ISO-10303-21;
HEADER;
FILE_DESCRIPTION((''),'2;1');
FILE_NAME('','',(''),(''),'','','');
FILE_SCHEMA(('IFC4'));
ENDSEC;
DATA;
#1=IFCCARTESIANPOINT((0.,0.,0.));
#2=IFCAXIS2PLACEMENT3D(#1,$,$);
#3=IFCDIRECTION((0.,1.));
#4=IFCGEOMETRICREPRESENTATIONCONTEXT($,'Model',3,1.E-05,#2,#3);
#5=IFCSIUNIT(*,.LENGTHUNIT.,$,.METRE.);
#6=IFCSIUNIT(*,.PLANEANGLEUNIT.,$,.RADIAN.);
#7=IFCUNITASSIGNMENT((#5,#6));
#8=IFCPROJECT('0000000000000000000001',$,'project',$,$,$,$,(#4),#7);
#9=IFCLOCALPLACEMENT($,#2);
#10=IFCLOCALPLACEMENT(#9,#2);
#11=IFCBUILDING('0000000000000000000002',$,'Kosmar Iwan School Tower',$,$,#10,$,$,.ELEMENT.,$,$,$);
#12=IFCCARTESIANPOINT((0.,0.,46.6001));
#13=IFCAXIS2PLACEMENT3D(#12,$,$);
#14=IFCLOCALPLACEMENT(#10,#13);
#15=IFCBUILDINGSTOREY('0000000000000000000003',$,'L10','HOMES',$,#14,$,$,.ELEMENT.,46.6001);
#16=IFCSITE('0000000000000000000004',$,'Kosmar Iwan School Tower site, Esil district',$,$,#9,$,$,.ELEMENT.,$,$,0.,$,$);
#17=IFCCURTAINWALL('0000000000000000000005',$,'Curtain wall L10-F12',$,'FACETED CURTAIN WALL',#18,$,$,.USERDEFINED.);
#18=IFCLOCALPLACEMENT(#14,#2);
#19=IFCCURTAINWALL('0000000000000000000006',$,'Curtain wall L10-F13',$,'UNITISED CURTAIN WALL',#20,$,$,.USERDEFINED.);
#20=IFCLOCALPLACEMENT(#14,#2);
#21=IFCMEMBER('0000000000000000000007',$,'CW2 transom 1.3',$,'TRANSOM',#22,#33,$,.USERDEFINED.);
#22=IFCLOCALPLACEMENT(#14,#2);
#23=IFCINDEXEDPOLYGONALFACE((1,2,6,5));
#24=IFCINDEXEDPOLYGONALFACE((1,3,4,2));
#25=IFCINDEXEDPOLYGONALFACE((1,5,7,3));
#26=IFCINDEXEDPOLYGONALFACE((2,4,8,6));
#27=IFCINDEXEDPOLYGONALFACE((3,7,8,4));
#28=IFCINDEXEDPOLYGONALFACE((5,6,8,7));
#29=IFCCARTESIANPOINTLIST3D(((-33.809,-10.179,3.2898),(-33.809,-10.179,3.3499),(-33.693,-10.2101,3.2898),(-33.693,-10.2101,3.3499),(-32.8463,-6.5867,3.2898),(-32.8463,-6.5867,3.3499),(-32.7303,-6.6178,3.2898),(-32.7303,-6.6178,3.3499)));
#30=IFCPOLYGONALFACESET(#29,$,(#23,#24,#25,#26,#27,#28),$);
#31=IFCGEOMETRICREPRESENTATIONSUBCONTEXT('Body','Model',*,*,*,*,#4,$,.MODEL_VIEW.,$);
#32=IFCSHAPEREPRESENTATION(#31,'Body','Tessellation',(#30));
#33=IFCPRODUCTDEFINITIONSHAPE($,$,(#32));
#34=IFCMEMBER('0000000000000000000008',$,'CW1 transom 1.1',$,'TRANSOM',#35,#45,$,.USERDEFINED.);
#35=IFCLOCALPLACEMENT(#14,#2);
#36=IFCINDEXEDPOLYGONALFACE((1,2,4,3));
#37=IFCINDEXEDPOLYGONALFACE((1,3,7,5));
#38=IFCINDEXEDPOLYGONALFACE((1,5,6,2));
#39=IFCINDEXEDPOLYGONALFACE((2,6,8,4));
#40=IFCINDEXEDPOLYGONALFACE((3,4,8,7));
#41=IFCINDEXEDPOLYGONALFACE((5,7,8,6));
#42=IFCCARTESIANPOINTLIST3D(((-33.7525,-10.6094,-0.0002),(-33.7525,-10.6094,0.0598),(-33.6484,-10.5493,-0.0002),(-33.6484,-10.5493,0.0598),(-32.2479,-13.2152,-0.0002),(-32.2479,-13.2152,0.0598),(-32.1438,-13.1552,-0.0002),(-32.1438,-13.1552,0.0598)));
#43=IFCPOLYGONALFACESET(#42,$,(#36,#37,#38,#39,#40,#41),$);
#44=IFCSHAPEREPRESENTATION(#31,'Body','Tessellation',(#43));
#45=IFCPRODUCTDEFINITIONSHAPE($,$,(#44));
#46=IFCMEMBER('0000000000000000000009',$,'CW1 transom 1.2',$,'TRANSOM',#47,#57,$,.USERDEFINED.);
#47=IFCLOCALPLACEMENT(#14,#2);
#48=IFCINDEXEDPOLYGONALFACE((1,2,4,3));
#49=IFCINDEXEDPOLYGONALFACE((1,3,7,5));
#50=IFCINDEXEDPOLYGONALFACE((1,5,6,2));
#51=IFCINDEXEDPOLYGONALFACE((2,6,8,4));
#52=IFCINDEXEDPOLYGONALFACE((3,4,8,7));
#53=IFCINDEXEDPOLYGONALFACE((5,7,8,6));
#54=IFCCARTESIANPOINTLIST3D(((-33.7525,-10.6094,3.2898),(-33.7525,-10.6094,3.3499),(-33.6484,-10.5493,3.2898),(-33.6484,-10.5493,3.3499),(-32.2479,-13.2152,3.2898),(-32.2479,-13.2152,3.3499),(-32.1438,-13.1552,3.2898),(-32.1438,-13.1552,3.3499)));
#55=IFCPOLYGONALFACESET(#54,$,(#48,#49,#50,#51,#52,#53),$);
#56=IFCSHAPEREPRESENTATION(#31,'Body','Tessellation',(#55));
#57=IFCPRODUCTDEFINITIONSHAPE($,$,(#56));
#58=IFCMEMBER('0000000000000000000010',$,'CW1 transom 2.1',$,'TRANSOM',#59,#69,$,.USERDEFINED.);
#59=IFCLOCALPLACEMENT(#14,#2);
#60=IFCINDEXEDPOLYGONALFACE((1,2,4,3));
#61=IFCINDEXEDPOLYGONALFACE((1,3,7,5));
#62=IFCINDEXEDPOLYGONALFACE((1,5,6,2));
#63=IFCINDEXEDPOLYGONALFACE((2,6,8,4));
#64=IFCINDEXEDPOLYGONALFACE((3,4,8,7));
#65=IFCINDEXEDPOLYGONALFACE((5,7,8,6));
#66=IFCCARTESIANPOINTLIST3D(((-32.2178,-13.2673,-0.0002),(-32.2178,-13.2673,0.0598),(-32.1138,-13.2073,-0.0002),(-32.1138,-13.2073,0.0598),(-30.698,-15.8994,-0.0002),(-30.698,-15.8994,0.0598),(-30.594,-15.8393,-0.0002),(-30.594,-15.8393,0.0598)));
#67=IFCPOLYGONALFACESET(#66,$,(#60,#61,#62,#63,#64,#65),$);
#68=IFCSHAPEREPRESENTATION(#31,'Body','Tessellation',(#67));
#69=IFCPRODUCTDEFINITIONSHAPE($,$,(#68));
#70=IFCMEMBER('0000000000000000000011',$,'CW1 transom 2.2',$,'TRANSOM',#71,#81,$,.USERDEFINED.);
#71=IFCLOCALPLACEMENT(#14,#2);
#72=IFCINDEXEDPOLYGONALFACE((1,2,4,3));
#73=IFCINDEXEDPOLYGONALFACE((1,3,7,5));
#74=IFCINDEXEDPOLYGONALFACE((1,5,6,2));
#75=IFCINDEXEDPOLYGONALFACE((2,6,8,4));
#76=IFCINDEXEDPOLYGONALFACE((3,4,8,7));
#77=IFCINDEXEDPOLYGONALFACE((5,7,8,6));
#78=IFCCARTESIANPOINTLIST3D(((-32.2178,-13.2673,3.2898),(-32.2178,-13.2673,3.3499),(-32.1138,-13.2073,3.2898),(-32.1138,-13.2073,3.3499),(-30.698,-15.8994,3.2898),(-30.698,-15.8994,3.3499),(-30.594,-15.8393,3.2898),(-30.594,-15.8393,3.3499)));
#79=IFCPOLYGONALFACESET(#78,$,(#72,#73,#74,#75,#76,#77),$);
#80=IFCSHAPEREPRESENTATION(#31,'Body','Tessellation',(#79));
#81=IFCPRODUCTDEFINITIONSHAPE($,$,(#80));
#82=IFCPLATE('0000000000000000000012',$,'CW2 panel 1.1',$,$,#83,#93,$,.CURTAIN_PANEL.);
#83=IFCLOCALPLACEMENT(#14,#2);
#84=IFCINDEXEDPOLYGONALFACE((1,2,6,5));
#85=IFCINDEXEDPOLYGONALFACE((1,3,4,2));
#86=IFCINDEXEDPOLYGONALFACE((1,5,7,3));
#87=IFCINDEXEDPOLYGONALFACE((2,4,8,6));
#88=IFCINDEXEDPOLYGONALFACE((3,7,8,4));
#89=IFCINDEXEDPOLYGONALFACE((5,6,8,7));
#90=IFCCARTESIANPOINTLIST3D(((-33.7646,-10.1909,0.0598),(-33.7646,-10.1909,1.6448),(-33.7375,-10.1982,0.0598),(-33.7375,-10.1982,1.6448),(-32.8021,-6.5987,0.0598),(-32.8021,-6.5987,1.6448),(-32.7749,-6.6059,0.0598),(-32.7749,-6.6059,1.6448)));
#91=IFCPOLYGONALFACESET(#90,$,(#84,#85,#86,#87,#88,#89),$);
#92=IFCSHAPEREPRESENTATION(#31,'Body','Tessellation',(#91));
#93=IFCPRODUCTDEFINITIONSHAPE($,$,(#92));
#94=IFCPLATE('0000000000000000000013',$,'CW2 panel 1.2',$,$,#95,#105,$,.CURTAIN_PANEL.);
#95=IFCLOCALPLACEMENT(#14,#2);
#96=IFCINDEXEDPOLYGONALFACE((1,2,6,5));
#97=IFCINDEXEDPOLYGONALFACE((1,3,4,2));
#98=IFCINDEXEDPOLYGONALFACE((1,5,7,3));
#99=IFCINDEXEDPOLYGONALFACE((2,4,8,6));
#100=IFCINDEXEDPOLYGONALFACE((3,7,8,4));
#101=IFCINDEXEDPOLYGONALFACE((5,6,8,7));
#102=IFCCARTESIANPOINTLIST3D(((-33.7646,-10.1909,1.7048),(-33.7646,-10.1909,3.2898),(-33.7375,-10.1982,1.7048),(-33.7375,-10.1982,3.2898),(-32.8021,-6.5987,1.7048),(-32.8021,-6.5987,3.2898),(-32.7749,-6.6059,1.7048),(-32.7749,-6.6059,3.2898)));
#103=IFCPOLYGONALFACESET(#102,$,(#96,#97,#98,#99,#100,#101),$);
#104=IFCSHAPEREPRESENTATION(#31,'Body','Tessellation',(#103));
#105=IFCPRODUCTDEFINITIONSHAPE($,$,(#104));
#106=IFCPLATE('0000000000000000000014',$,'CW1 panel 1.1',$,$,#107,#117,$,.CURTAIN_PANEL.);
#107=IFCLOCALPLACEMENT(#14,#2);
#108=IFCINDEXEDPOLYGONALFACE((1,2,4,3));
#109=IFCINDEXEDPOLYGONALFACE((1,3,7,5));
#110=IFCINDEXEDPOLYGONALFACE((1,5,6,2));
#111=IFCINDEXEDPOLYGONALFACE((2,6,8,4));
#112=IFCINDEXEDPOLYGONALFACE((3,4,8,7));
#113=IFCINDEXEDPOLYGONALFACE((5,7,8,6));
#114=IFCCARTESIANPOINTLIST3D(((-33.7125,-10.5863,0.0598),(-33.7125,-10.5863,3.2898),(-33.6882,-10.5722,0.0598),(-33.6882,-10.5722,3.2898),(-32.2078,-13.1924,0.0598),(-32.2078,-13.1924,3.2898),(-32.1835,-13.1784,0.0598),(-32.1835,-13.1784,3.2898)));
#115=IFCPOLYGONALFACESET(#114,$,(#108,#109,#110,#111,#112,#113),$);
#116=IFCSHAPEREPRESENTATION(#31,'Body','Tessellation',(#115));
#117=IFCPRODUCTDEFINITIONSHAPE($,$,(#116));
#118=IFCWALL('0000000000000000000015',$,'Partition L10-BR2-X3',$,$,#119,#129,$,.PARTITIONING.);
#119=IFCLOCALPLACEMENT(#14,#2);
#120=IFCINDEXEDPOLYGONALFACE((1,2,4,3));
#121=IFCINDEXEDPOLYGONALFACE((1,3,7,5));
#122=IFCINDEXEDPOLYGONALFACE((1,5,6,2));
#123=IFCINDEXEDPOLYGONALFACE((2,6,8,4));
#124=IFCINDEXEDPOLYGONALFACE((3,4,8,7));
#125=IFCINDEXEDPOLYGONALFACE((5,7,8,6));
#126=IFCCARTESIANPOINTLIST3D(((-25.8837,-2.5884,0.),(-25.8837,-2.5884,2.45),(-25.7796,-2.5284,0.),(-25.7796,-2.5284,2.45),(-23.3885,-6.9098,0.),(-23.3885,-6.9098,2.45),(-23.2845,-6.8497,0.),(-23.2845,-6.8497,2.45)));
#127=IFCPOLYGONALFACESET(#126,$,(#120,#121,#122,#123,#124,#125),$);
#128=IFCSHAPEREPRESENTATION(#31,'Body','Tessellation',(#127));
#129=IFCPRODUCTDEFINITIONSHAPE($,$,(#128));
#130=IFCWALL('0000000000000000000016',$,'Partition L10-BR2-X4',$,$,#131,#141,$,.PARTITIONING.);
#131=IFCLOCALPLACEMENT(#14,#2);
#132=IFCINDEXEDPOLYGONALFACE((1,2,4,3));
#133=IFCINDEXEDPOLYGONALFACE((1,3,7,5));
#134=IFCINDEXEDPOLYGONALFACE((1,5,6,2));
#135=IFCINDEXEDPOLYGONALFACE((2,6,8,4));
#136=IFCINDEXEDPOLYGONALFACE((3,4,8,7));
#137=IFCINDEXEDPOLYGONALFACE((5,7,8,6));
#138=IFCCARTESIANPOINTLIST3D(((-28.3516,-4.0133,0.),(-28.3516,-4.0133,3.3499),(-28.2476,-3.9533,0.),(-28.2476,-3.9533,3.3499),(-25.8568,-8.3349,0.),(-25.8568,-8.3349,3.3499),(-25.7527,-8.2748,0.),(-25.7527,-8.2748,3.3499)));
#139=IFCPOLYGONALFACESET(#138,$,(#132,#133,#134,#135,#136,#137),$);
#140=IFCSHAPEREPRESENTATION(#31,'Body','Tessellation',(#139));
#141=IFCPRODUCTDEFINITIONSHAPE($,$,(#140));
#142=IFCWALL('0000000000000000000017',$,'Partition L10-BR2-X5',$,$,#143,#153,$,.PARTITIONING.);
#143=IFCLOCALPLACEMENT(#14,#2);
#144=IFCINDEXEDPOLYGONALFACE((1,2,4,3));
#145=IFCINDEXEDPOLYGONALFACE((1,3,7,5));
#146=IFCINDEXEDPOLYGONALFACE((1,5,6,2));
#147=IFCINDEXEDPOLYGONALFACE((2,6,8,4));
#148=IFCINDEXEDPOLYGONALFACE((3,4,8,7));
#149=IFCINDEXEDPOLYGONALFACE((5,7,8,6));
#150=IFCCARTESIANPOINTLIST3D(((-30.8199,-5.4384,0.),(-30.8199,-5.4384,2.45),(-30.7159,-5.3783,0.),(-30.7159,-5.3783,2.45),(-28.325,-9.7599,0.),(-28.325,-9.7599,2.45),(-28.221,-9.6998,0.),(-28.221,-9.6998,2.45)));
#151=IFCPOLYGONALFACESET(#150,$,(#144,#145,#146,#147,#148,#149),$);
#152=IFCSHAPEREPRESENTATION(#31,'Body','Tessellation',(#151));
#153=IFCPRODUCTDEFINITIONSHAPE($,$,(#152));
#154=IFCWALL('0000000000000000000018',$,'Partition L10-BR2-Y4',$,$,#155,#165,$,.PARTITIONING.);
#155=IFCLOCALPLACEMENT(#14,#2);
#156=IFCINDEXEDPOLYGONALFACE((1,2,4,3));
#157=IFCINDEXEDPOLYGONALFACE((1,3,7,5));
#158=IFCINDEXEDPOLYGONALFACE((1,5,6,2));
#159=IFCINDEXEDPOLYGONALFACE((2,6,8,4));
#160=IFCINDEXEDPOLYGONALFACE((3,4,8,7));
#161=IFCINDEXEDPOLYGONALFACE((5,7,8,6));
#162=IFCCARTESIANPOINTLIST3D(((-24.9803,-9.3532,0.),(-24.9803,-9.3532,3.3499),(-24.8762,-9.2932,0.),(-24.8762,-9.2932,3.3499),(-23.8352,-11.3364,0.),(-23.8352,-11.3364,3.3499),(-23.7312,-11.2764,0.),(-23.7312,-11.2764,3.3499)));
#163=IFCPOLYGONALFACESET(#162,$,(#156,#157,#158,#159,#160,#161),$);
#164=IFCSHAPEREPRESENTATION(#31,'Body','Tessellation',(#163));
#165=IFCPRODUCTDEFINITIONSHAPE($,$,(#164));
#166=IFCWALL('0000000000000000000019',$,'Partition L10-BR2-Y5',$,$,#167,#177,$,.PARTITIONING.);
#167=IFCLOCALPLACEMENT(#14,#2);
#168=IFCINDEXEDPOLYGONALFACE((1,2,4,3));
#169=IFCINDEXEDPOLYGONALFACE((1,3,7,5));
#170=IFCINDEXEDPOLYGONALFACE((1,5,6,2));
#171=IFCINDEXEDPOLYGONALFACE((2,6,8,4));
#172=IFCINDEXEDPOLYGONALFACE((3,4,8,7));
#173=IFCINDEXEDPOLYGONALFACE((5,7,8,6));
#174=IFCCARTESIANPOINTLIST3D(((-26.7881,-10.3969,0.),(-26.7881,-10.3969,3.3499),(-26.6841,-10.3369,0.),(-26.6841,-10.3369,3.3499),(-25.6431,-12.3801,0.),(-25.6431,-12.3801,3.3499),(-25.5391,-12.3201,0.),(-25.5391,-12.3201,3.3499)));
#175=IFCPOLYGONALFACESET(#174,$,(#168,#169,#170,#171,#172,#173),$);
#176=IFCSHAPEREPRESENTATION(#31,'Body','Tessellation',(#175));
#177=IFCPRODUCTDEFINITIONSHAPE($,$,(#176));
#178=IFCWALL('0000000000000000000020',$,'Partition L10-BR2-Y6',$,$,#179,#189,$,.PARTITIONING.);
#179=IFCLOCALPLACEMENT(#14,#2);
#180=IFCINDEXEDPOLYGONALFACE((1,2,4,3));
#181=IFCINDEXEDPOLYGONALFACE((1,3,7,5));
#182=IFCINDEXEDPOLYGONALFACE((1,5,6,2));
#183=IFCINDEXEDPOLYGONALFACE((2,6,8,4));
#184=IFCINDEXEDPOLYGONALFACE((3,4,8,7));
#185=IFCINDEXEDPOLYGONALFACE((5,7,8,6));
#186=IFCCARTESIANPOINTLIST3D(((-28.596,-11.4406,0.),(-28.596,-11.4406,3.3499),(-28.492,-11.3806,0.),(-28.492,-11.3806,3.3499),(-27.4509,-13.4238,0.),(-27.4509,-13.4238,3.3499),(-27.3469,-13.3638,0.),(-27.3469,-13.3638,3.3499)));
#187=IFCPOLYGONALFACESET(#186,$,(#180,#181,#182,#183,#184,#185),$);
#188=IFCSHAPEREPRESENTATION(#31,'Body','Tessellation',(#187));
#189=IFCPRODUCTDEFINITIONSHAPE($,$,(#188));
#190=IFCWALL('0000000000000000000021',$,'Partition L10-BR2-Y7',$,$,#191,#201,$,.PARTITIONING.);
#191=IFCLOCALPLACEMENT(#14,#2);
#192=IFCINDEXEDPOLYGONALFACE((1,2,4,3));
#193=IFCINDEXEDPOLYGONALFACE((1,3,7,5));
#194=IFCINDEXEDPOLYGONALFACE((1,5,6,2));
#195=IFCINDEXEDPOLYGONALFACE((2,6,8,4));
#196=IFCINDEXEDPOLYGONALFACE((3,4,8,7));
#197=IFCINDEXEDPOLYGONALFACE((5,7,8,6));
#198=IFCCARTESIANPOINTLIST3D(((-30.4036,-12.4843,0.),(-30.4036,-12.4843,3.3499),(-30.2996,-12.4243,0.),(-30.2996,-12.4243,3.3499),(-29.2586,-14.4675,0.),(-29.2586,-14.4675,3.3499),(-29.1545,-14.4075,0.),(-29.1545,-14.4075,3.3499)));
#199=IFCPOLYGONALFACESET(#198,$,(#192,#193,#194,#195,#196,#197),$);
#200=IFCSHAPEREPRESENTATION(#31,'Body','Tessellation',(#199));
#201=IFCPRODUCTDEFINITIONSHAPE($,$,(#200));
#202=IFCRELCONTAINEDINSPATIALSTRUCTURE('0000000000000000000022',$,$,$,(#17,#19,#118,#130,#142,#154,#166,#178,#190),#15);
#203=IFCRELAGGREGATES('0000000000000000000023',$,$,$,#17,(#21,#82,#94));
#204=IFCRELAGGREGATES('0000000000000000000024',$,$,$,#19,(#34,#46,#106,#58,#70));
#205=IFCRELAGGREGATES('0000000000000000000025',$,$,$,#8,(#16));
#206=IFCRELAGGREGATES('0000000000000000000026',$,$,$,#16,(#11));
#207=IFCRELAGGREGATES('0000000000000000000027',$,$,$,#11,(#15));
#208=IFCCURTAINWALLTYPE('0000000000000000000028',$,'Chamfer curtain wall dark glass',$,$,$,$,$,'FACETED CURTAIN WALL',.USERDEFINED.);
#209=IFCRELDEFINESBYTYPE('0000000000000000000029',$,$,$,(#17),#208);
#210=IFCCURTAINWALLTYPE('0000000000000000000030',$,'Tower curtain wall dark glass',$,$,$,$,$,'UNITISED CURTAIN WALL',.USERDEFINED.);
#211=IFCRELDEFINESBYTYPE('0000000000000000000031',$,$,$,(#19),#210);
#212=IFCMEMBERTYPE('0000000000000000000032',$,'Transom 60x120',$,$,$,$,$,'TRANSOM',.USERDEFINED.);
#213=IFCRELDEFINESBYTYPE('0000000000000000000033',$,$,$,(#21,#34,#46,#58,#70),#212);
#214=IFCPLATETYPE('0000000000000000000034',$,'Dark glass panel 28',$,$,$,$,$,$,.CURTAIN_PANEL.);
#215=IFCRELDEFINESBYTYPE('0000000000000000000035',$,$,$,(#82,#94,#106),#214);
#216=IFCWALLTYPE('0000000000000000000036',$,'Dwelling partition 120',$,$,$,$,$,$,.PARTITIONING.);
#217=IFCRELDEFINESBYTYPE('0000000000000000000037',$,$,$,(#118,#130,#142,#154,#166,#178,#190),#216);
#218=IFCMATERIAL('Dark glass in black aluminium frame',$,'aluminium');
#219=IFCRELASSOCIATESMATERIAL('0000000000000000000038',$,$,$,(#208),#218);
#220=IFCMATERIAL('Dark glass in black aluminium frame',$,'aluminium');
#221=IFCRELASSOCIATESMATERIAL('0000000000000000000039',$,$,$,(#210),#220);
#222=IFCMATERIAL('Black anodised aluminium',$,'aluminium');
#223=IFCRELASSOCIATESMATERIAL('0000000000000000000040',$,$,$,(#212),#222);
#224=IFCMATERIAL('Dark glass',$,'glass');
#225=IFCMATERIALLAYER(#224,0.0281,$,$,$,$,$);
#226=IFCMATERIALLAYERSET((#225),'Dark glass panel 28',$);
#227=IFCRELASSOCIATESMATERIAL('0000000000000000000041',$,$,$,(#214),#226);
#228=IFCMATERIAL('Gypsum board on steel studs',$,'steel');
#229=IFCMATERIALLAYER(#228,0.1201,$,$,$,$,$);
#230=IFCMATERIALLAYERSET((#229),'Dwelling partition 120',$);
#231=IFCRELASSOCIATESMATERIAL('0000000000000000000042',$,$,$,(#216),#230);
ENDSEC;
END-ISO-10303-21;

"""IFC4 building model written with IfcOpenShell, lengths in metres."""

from ifc_helpers import new_model, si_unit, direction, frame, frame_2d, origin, origin_2d, place, context, subcontext, project, spatial, rectangle, extrude, material, layer, layer_set, material_profile, profile_set, type_object, element, aggregate, save


model = new_model("IFC4")

# Units and contexts
model_context = context("Model", 3, precision=1e-05, world=origin(), true_north=direction((0.0, 1.0)))
body_context = subcontext(model_context, "Body", "Model", "MODEL_VIEW")
ifc_project = project(units=[si_unit("LENGTHUNIT", "METRE"), si_unit("PLANEANGLEUNIT", "RADIAN")], contexts=[model_context])

# Site, building, storey
site_placement = place(None, origin())
site = spatial("IfcSite", under=ifc_project, at=site_placement, Name="Kosmar Iwan School Tower site, Esil district", CompositionType="ELEMENT", RefElevation=0.0)
building_placement = place(site_placement, origin())
building = spatial("IfcBuilding", under=site, at=building_placement, Name="Kosmar Iwan School Tower", CompositionType="ELEMENT")
storey_placement = place(building_placement, frame((0.0, 0.0, 46.6001)))
storey = spatial("IfcBuildingStorey", under=building, at=storey_placement, Name="L10", Description="HOMES", CompositionType="ELEMENT", Elevation=46.6001)

# Curtain walls
ifc_material_1 = material(Name="Dark glass in black aluminium frame", Category="aluminium")
curtain_wall_type_1 = type_object("IfcCurtainWallType", Name="Chamfer curtain wall dark glass", ElementType="FACETED CURTAIN WALL", PredefinedType="USERDEFINED", material=ifc_material_1)
curtain_wall_1_placement = place(storey_placement, origin())
curtain_wall_1 = element("IfcCurtainWall", 1, at=curtain_wall_1_placement, inside=storey, type_object=curtain_wall_type_1, Name="Curtain wall L10-F12", ObjectType="FACETED CURTAIN WALL", PredefinedType="USERDEFINED")
ifc_material_2 = material(Name="Dark glass in black aluminium frame", Category="aluminium")
curtain_wall_type_2 = type_object("IfcCurtainWallType", Name="Tower curtain wall dark glass", ElementType="UNITISED CURTAIN WALL", PredefinedType="USERDEFINED", material=ifc_material_2)
curtain_wall_2_placement = place(storey_placement, origin())
curtain_wall_2 = element("IfcCurtainWall", 2, at=curtain_wall_2_placement, inside=storey, type_object=curtain_wall_type_2, Name="Curtain wall L10-F13", ObjectType="UNITISED CURTAIN WALL", PredefinedType="USERDEFINED")

# Members
ifc_material_3 = material(Name="Black anodised aluminium", Category="aluminium")
ifc_material_profile_1 = material_profile(ifc_material_3, rectangle(XDim=0.1201, YDim=0.0601, at=origin_2d()), Name="TRANSOM 60x120")
ifc_profile_set_1 = profile_set([ifc_material_profile_1], Name="Black anodised aluminium")
member_type_1 = type_object("IfcMemberType", Name="Transom 60x120", ElementType="TRANSOM", PredefinedType="USERDEFINED", material=ifc_profile_set_1)
member_1_placement = place(storey_placement, frame((-32.7883, -6.6023, 3.3198), z_axis=(-0.258843, -0.965919, 0.0), x_axis=(0.965919, -0.258843, 0.0)))
member_1 = element("IfcMember", 3, at=member_1_placement, type_object=member_type_1, Name="CW2 transom 1.3", ObjectType="TRANSOM", PredefinedType="USERDEFINED", context=body_context, shape_type="SweptSolid", body=[
    extrude(rectangle(XDim=0.1201, YDim=0.0601, at=origin_2d()), origin(), (0.0, 0.0, 1.0), 3.719),
])
member_2_placement = place(storey_placement, frame((-33.7004, -10.5793, 0.0298), z_axis=(0.500022, -0.866013, 0.0), x_axis=(0.866013, 0.500022, 0.0)))
member_2 = element("IfcMember", 4, at=member_2_placement, type_object=member_type_1, Name="CW1 transom 1.1", ObjectType="TRANSOM", PredefinedType="USERDEFINED", context=body_context, shape_type="SweptSolid", body=[
    extrude(rectangle(XDim=0.1201, YDim=0.0601, at=origin_2d()), origin(), (0.0, 0.0, 1.0), 3.009),
])
member_3_placement = place(storey_placement, frame((-33.7004, -10.5793, 3.3198), z_axis=(0.500022, -0.866013, 0.0), x_axis=(0.866013, 0.500022, 0.0)))
member_3 = element("IfcMember", 5, at=member_3_placement, type_object=member_type_1, Name="CW1 transom 1.2", ObjectType="TRANSOM", PredefinedType="USERDEFINED", context=body_context, shape_type="SweptSolid", body=[
    extrude(rectangle(XDim=0.1201, YDim=0.0601, at=origin_2d()), origin(), (0.0, 0.0, 1.0), 3.009),
])
member_4_placement = place(storey_placement, frame((-32.1658, -13.2373, 0.0298), z_axis=(0.500035, -0.866005, 0.0), x_axis=(0.866005, 0.500035, 0.0)))
member_4 = element("IfcMember", 6, at=member_4_placement, type_object=member_type_1, Name="CW1 transom 2.1", ObjectType="TRANSOM", PredefinedType="USERDEFINED", context=body_context, shape_type="SweptSolid", body=[
    extrude(rectangle(XDim=0.1201, YDim=0.0601, at=origin_2d()), origin(), (0.0, 0.0, 1.0), 3.0393),
])
member_5_placement = place(storey_placement, frame((-32.1658, -13.2373, 3.3198), z_axis=(0.500035, -0.866005, 0.0), x_axis=(0.866005, 0.500035, 0.0)))
member_5 = element("IfcMember", 7, at=member_5_placement, type_object=member_type_1, Name="CW1 transom 2.2", ObjectType="TRANSOM", PredefinedType="USERDEFINED", context=body_context, shape_type="SweptSolid", body=[
    extrude(rectangle(XDim=0.1201, YDim=0.0601, at=origin_2d()), origin(), (0.0, 0.0, 1.0), 3.0393),
])

# Plates
ifc_material_4 = material(Name="Dark glass", Category="glass")
ifc_layer_1 = layer(ifc_material_4, 0.0281)
ifc_layer_set_1 = layer_set([ifc_layer_1], Name="Dark glass panel 28")
plate_type = type_object("IfcPlateType", Name="Dark glass panel 28", PredefinedType="CURTAIN_PANEL", material=ifc_layer_set_1)
plate_1_placement = place(storey_placement, frame((-33.2698, -8.3984, 0.0598), z_axis=(0.0, 0.0, 1.0), x_axis=(-0.258819, -0.965926, 0.0)))
plate_1 = element("IfcPlate", 8, at=plate_1_placement, type_object=plate_type, Name="CW2 panel 1.1", PredefinedType="CURTAIN_PANEL", context=body_context, shape_type="SweptSolid", body=[
    extrude(rectangle(XDim=3.719, YDim=0.0281, at=origin_2d()), origin(), (0.0, 0.0, 1.0), 1.585),
])
plate_2_placement = place(storey_placement, frame((-33.2698, -8.3984, 1.7048), z_axis=(0.0, 0.0, 1.0), x_axis=(-0.258819, -0.965926, 0.0)))
plate_2 = element("IfcPlate", 9, at=plate_2_placement, type_object=plate_type, Name="CW2 panel 1.2", PredefinedType="CURTAIN_PANEL", context=body_context, shape_type="SweptSolid", body=[
    extrude(rectangle(XDim=3.719, YDim=0.0281, at=origin_2d()), origin(), (0.0, 0.0, 1.0), 1.585),
])
aggregate(curtain_wall_1, [member_1, plate_1, plate_2])
plate_3_placement = place(storey_placement, frame((-32.948, -11.8823, 0.0598), z_axis=(0.0, 0.0, 1.0), x_axis=(0.5, -0.866025, 0.0)))
plate_3 = element("IfcPlate", 10, at=plate_3_placement, type_object=plate_type, Name="CW1 panel 1.1", PredefinedType="CURTAIN_PANEL", context=body_context, shape_type="SweptSolid", body=[
    extrude(rectangle(XDim=3.0093, YDim=0.0281, at=origin_2d()), origin(), (0.0, 0.0, 1.0), 3.23),
])
aggregate(curtain_wall_2, [member_2, member_3, plate_3, member_4, member_5])

# Walls
ifc_material_5 = material(Name="Gypsum board on steel studs", Category="steel")
ifc_layer_2 = layer(ifc_material_5, 0.1201)
ifc_layer_set_2 = layer_set([ifc_layer_2], Name="Dwelling partition 120")
wall_type = type_object("IfcWallType", Name="Dwelling partition 120", PredefinedType="PARTITIONING", material=ifc_layer_set_2)
wall_1_placement = place(storey_placement, frame((-23.3364, -6.8799, 0.0), z_axis=(0.0, 0.0, 1.0), x_axis=(-0.500033, 0.866006, 0.0)))
element("IfcWall", 11, at=wall_1_placement, inside=storey, type_object=wall_type, Name="Partition L10-BR2-X3", PredefinedType="PARTITIONING", context=body_context, shape_type="SweptSolid", body=[
    extrude(rectangle(XDim=4.99, YDim=0.1201, at=frame_2d((2.4951, 0.0))), origin(), (0.0, 0.0, 1.0), 2.45),
])
wall_2_placement = place(storey_placement, frame((-25.8047, -8.3049, 0.0), z_axis=(0.0, 0.0, 1.0), x_axis=(-0.499975, 0.86604, 0.0)))
element("IfcWall", 12, at=wall_2_placement, inside=storey, type_object=wall_type, Name="Partition L10-BR2-X4", PredefinedType="PARTITIONING", context=body_context, shape_type="SweptSolid", body=[
    extrude(rectangle(XDim=4.99, YDim=0.1201, at=frame_2d((2.4951, 0.0))), origin(), (0.0, 0.0, 1.0), 3.3499),
])
wall_3_placement = place(storey_placement, frame((-28.2729, -9.73, 0.0), z_axis=(0.0, 0.0, 1.0), x_axis=(-0.499975, 0.86604, 0.0)))
element("IfcWall", 13, at=wall_3_placement, inside=storey, type_object=wall_type, Name="Partition L10-BR2-X5", PredefinedType="PARTITIONING", context=body_context, shape_type="SweptSolid", body=[
    extrude(rectangle(XDim=4.99, YDim=0.1201, at=frame_2d((2.4951, 0.0))), origin(), (0.0, 0.0, 1.0), 2.45),
])
for number, where, z_axis, x_axis, name in (
    (14, (-23.7832, -11.3064, 0.0), (0.0, 0.0, 1.0), (-0.500015, 0.866017, 0.0), "Partition L10-BR2-Y4"),
    (15, (-25.5911, -12.3501, 0.0), (0.0, 0.0, 1.0), (-0.500015, 0.866017, 0.0), "Partition L10-BR2-Y5"),
    (16, (-27.3989, -13.3938, 0.0), (0.0, 0.0, 1.0), (-0.500015, 0.866017, 0.0), "Partition L10-BR2-Y6"),
    (17, (-29.2065, -14.4375, 0.0), (0.0, 0.0, 1.0), (-0.500015, 0.866017, 0.0), "Partition L10-BR2-Y7"),
):
    element("IfcWall", number, at=place(storey_placement, frame(where, z_axis=z_axis, x_axis=x_axis)), inside=storey, type_object=wall_type, Name=name, PredefinedType="PARTITIONING", context=body_context, shape_type="SweptSolid", body=[
        extrude(rectangle(XDim=2.29, YDim=0.1201, at=frame_2d((1.145, 0.0))), origin(), (0.0, 0.0, 1.0), 3.3499),
    ])

save(model, "model.ifc")
